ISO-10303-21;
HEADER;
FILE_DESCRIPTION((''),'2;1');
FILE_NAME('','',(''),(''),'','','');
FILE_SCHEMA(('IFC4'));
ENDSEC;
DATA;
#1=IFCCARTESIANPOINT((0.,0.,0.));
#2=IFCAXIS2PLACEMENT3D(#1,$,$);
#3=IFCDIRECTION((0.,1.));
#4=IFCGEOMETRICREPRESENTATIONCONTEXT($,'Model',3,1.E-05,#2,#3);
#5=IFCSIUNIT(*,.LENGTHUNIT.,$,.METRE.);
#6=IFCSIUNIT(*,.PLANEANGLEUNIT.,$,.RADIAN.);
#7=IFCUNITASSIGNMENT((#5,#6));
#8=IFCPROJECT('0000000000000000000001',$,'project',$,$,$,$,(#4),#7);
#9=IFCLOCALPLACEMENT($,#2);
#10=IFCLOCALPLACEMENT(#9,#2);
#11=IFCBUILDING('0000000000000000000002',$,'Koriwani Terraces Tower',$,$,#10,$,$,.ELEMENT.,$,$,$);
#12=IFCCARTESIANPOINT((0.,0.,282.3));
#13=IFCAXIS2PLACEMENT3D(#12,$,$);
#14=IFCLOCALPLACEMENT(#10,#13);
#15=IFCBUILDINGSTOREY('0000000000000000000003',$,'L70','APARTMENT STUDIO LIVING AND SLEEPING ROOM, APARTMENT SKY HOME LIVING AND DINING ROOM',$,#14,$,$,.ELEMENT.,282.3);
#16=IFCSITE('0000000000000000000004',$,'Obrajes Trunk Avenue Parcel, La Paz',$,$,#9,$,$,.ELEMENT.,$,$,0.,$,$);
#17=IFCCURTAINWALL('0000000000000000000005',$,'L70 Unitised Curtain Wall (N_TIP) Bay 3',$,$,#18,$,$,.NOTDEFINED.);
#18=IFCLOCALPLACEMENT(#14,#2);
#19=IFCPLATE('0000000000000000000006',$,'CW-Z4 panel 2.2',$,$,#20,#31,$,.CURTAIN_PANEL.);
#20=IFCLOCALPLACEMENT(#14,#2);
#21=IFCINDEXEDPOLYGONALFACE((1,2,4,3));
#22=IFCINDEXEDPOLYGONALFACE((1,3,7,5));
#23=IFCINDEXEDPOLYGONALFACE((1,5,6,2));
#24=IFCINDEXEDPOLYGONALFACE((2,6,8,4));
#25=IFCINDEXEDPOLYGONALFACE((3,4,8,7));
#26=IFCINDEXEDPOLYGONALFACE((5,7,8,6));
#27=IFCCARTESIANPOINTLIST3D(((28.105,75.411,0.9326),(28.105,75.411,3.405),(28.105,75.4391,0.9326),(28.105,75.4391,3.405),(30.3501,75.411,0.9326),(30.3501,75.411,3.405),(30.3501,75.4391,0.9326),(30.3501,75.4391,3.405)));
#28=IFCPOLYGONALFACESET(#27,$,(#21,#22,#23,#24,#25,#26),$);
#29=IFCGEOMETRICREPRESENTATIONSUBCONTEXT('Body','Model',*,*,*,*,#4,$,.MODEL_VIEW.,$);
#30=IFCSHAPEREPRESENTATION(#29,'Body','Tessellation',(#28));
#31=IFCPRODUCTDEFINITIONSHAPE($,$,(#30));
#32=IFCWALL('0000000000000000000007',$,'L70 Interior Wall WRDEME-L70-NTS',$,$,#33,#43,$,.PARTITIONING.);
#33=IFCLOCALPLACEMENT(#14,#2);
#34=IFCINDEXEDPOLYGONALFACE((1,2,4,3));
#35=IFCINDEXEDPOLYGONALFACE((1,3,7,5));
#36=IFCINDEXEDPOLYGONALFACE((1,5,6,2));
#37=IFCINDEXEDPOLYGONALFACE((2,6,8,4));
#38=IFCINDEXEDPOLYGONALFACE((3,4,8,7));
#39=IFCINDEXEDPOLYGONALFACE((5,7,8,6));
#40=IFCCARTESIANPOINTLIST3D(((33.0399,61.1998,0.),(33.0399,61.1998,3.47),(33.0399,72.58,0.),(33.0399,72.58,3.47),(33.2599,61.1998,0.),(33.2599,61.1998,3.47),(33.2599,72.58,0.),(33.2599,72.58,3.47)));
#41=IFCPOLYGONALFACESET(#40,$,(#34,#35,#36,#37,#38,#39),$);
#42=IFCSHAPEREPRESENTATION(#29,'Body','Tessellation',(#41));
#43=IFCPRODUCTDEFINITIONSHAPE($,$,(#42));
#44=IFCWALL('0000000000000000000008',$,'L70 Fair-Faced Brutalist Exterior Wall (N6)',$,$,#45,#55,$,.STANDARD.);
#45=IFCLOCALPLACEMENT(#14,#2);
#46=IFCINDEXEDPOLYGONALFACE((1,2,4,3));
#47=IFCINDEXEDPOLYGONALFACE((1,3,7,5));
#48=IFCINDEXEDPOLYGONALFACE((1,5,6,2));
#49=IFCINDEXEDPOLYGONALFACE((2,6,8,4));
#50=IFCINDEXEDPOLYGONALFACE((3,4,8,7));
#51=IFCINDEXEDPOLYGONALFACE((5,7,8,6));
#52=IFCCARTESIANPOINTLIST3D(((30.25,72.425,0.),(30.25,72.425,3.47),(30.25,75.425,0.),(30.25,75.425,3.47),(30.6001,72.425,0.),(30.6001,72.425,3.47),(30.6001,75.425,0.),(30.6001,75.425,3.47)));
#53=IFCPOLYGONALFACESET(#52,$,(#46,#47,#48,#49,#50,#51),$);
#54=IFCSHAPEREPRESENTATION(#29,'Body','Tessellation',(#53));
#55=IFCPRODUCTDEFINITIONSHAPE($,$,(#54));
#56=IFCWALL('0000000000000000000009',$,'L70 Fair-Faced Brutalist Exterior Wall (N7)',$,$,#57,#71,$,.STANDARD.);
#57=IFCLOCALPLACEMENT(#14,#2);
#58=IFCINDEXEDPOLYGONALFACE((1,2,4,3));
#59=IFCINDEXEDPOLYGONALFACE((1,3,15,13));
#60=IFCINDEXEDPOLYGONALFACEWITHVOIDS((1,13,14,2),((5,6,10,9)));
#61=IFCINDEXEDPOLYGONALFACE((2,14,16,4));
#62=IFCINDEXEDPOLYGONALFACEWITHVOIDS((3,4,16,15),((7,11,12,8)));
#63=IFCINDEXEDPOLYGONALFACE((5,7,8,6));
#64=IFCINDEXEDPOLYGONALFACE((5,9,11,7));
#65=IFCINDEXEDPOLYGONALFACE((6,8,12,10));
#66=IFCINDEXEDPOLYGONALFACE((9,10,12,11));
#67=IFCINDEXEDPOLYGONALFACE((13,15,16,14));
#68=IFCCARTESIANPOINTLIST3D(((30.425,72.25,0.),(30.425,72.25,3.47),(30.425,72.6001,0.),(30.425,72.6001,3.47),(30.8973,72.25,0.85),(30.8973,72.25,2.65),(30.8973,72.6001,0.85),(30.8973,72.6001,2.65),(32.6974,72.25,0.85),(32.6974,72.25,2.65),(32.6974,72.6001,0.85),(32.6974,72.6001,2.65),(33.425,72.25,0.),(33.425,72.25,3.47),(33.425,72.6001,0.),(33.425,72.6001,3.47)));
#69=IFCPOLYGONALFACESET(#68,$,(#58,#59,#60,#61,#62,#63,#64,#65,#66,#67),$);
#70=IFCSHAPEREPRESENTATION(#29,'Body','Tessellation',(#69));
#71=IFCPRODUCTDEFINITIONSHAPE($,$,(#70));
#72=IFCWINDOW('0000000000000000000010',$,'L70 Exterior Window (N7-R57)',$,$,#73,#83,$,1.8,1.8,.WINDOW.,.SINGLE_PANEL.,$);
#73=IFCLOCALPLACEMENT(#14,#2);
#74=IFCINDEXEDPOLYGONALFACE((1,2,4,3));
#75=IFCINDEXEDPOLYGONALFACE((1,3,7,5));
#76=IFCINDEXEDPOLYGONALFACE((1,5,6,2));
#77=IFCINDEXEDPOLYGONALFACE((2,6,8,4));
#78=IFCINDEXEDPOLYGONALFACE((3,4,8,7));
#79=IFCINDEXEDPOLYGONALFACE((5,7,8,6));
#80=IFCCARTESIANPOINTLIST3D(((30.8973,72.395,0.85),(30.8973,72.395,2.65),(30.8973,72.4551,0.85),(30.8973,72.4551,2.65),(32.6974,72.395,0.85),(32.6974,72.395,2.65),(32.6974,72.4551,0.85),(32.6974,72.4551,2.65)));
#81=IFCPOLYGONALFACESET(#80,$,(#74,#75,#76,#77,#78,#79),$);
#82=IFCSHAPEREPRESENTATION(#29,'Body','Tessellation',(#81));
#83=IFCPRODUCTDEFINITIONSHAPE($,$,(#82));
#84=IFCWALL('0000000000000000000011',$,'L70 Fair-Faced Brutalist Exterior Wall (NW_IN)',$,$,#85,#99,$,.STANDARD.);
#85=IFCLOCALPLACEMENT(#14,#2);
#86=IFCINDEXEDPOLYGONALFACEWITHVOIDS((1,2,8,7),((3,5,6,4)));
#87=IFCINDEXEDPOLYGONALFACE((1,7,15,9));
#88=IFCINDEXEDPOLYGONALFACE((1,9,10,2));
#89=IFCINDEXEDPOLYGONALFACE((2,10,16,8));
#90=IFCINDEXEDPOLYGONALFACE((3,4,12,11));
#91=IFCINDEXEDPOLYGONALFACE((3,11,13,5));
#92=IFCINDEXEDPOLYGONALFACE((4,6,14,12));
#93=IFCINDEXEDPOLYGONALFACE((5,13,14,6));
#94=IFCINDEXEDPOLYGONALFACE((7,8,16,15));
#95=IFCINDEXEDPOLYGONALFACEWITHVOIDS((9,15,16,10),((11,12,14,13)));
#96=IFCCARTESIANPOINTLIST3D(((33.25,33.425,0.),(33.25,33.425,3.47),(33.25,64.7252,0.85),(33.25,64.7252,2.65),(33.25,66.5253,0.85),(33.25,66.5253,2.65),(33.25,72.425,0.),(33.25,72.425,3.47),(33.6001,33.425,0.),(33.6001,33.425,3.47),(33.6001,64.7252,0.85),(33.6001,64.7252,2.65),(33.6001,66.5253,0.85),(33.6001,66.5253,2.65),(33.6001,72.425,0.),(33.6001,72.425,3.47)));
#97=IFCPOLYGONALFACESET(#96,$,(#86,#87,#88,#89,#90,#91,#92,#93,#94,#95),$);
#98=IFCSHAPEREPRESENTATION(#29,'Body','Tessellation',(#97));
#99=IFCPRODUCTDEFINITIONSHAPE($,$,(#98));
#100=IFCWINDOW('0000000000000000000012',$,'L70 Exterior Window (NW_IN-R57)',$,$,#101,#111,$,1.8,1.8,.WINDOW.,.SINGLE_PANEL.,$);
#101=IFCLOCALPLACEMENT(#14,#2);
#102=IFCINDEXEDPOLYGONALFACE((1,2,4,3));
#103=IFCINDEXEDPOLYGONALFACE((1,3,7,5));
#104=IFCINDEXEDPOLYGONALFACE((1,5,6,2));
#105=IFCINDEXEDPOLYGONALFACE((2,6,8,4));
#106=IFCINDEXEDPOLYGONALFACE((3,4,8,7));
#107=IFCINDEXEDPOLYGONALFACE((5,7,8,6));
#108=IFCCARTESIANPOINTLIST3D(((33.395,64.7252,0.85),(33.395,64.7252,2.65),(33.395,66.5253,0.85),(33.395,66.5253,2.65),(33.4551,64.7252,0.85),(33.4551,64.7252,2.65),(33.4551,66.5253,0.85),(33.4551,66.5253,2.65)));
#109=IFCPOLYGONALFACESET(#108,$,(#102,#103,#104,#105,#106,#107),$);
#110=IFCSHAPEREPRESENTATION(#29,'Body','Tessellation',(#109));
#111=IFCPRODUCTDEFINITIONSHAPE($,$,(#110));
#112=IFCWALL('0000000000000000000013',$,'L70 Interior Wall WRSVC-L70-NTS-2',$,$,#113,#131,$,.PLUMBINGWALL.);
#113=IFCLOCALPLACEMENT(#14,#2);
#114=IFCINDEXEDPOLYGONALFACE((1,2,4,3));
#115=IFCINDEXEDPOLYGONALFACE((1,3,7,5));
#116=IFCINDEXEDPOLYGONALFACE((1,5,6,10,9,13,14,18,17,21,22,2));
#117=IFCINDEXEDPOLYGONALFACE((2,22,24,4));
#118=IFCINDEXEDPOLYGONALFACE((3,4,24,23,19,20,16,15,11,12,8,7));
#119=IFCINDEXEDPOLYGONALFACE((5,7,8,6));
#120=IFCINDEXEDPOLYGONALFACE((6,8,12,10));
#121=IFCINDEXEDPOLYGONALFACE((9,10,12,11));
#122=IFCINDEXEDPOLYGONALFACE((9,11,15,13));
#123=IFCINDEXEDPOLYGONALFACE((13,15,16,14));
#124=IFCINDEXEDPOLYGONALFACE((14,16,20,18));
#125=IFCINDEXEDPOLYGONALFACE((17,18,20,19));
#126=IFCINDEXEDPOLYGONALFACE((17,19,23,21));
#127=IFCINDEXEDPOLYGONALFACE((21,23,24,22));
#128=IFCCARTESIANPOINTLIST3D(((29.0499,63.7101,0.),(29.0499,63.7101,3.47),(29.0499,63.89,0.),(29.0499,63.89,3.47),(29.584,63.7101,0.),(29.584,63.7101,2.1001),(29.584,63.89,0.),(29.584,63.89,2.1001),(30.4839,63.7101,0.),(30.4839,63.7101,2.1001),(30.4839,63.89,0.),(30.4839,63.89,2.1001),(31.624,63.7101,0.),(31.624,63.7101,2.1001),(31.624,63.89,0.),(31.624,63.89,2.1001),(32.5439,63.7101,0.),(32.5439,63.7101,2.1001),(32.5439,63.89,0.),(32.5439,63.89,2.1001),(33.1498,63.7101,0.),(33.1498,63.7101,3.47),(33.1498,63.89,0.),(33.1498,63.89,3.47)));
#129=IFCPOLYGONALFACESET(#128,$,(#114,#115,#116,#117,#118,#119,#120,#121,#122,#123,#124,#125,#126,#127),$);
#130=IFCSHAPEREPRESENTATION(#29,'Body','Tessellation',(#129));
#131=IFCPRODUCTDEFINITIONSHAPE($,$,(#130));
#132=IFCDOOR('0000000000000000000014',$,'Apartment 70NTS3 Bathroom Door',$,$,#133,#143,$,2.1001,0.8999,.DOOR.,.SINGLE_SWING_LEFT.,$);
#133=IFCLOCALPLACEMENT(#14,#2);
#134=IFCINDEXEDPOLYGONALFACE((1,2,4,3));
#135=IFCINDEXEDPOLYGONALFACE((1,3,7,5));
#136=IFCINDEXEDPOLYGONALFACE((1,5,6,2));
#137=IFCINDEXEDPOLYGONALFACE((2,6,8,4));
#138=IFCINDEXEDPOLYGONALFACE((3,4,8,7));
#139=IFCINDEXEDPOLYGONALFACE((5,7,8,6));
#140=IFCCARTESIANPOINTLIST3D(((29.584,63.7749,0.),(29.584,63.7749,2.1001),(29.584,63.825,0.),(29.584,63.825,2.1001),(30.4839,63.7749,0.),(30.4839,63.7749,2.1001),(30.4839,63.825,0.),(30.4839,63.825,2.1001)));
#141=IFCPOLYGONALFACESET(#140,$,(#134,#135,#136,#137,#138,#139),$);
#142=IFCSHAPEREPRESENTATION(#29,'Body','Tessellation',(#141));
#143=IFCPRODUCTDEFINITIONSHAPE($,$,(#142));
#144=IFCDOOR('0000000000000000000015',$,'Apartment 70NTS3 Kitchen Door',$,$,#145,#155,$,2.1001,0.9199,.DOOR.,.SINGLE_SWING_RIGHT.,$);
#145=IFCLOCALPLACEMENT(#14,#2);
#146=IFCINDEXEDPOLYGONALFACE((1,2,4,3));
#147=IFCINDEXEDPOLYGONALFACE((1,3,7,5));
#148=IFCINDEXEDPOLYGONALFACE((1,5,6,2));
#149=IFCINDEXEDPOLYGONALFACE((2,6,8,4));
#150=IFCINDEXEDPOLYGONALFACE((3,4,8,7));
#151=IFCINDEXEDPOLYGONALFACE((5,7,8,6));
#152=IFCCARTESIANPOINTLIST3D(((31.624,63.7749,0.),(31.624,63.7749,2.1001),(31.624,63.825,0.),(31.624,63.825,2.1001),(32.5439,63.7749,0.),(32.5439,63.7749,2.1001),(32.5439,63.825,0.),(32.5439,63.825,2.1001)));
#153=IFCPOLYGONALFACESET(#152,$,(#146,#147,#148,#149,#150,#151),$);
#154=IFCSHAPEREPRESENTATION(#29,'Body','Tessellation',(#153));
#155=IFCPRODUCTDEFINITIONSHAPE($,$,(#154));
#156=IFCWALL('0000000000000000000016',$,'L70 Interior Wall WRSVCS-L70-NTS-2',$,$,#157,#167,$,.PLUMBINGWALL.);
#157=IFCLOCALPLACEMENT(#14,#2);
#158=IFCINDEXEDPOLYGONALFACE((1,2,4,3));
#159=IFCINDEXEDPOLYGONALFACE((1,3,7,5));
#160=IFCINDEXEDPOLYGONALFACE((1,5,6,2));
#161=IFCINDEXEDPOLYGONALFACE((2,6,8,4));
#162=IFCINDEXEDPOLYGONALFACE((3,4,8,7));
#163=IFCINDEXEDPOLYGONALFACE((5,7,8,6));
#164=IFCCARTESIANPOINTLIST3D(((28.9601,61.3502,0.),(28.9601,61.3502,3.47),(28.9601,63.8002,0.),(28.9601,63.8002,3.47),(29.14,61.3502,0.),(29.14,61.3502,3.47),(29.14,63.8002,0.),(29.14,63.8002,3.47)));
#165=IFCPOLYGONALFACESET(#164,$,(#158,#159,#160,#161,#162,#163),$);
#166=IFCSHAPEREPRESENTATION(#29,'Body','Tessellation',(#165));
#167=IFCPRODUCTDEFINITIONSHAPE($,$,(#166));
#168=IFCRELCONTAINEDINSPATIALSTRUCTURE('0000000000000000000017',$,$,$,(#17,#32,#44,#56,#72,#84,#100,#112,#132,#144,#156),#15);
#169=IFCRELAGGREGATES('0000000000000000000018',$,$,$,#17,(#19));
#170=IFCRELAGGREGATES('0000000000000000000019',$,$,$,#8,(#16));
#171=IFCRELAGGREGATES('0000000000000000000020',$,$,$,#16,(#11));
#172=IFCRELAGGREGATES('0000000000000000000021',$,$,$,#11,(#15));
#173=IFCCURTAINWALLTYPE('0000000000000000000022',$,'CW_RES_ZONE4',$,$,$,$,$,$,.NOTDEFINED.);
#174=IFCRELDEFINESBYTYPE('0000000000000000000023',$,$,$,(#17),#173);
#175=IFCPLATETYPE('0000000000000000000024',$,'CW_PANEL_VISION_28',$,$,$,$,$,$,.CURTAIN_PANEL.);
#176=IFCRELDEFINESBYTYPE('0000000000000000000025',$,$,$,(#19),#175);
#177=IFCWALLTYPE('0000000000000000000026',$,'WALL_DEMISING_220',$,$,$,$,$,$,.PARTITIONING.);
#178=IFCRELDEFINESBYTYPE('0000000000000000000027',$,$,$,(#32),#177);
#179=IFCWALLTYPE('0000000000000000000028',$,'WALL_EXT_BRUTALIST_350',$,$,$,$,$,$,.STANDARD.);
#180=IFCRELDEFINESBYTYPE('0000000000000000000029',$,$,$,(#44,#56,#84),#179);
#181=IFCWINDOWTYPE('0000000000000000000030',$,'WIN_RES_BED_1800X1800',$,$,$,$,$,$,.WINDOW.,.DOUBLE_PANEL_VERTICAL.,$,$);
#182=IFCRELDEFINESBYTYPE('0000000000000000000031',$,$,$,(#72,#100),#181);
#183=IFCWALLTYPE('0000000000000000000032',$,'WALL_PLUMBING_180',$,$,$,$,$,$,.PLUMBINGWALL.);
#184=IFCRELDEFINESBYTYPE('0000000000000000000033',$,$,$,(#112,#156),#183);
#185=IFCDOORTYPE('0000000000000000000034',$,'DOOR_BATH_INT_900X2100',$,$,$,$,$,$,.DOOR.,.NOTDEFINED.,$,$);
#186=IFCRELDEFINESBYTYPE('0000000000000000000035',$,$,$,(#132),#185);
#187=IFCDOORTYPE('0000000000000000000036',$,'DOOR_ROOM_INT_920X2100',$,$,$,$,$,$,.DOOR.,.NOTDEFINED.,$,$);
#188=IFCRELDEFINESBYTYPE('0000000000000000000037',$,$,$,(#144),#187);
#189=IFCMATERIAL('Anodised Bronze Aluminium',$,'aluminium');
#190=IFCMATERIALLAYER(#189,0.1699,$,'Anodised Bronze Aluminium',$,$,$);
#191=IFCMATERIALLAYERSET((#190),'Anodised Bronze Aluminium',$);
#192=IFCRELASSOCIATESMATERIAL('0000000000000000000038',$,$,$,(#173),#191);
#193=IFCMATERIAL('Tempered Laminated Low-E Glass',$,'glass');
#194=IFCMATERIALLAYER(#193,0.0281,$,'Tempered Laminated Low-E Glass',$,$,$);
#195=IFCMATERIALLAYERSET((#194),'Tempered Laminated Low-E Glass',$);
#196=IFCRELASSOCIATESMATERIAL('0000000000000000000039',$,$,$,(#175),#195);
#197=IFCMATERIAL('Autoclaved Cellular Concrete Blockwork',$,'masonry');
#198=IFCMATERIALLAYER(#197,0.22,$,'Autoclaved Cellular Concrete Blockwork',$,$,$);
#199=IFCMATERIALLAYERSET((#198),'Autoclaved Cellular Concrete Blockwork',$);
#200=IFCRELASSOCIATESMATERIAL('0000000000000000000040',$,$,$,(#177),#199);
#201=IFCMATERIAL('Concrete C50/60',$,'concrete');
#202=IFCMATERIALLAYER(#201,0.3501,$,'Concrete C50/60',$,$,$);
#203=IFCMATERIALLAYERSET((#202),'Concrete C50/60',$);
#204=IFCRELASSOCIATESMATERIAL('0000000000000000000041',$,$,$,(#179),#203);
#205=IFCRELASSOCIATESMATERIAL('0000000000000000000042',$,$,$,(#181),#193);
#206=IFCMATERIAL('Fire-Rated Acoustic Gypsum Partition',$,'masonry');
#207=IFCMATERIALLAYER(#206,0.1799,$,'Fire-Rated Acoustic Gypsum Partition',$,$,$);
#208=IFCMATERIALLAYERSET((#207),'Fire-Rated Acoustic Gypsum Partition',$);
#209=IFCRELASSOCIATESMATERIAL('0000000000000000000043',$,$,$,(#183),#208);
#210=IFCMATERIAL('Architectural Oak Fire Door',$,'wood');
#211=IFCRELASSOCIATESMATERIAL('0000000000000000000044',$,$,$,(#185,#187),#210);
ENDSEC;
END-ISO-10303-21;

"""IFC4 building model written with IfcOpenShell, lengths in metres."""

from ifc_helpers import new_model, si_unit, direction, frame, frame_2d, origin, origin_2d, place, context, subcontext, project, spatial, rectangle, extrude, material, layer, layer_set, type_object, element, fill, aggregate, save


model = new_model("IFC4")

# Units and contexts
model_context = context("Model", 3, precision=1e-05, world=origin(), true_north=direction((0.0, 1.0)))
body_context = subcontext(model_context, "Body", "Model", "MODEL_VIEW")
ifc_project = project(units=[si_unit("LENGTHUNIT", "METRE"), si_unit("PLANEANGLEUNIT", "RADIAN")], contexts=[model_context])

# Site, building, storey
site_placement = place(None, origin())
site = spatial("IfcSite", under=ifc_project, at=site_placement, Name="Obrajes Trunk Avenue Parcel, La Paz", CompositionType="ELEMENT", RefElevation=0.0)
building_placement = place(site_placement, origin())
building = spatial("IfcBuilding", under=site, at=building_placement, Name="Koriwani Terraces Tower", CompositionType="ELEMENT")
storey_placement = place(building_placement, frame((0.0, 0.0, 282.3)))
storey = spatial("IfcBuildingStorey", under=building, at=storey_placement, Name="L70", Description="APARTMENT STUDIO LIVING AND SLEEPING ROOM, APARTMENT SKY HOME LIVING AND DINING ROOM", CompositionType="ELEMENT", Elevation=282.3)

# Shared definitions
ifc_material_1 = material(Name="Concrete C50/60", Category="concrete")

# Curtain wall, plate
ifc_material_2 = material(Name="Anodised Bronze Aluminium", Category="aluminium")
ifc_layer_1 = layer(ifc_material_2, 0.1699, Name="Anodised Bronze Aluminium")
ifc_layer_set_1 = layer_set([ifc_layer_1], Name="Anodised Bronze Aluminium")
curtain_wall_type = type_object("IfcCurtainWallType", Name="CW_RES_ZONE4", PredefinedType="NOTDEFINED", material=ifc_layer_set_1)
curtain_wall_placement = place(storey_placement, origin())
curtain_wall = element("IfcCurtainWall", 1, at=curtain_wall_placement, inside=storey, type_object=curtain_wall_type, Name="L70 Unitised Curtain Wall (N_TIP) Bay 3", PredefinedType="NOTDEFINED")
ifc_material_3 = material(Name="Tempered Laminated Low-E Glass", Category="glass")
ifc_layer_2 = layer(ifc_material_3, 0.0281, Name="Tempered Laminated Low-E Glass")
ifc_layer_set_2 = layer_set([ifc_layer_2], Name="Tempered Laminated Low-E Glass")
plate_type = type_object("IfcPlateType", Name="CW_PANEL_VISION_28", PredefinedType="CURTAIN_PANEL", material=ifc_layer_set_2)
plate_1_placement = place(storey_placement, frame((29.2275, 75.425, 0.9326), z_axis=(0.0, 0.0, 1.0), x_axis=(1.0, 0.0, 0.0)))
plate_1 = element("IfcPlate", 2, at=plate_1_placement, type_object=plate_type, Name="CW-Z4 panel 2.2", PredefinedType="CURTAIN_PANEL", context=body_context, shape_type="SweptSolid", body=[
    extrude(rectangle(XDim=2.2451, YDim=0.0281, at=origin_2d()), origin(), (0.0, 0.0, 1.0), 2.4724),
])
aggregate(curtain_wall, [plate_1])

# Walls
ifc_material_4 = material(Name="Autoclaved Cellular Concrete Blockwork", Category="masonry")
ifc_layer_3 = layer(ifc_material_4, 0.22, Name="Autoclaved Cellular Concrete Blockwork")
ifc_layer_set_3 = layer_set([ifc_layer_3], Name="Autoclaved Cellular Concrete Blockwork")
wall_type_1 = type_object("IfcWallType", Name="WALL_DEMISING_220", PredefinedType="PARTITIONING", material=ifc_layer_set_3)
wall_1_placement = place(storey_placement, frame((33.1499, 61.2, 0.0), z_axis=(0.0, 0.0, 1.0), x_axis=(0.0, 1.0, 0.0)))
element("IfcWall", 3, at=wall_1_placement, inside=storey, type_object=wall_type_1, Name="L70 Interior Wall WRDEME-L70-NTS", PredefinedType="PARTITIONING", context=body_context, shape_type="SweptSolid", body=[
    extrude(rectangle(XDim=11.3801, YDim=0.22, at=frame_2d((5.6899, 0.0))), origin(), (0.0, 0.0, 1.0), 3.47),
])
ifc_layer_4 = layer(ifc_material_1, 0.3501, Name="Concrete C50/60")
ifc_layer_set_4 = layer_set([ifc_layer_4], Name="Concrete C50/60")
wall_type_2 = type_object("IfcWallType", Name="WALL_EXT_BRUTALIST_350", PredefinedType="STANDARD", material=ifc_layer_set_4)
wall_2_placement = place(storey_placement, frame((30.425, 75.425, 0.0), z_axis=(0.0, 0.0, 1.0), x_axis=(0.0, -1.0, 0.0)))
element("IfcWall", 4, at=wall_2_placement, inside=storey, type_object=wall_type_2, Name="L70 Fair-Faced Brutalist Exterior Wall (N6)", PredefinedType="STANDARD", context=body_context, shape_type="SweptSolid", body=[
    extrude(rectangle(XDim=3.0, YDim=0.3501, at=frame_2d((1.5, 0.0))), origin(), (0.0, 0.0, 1.0), 3.47),
])

# Walls, openings, windows
wall_3_placement = place(storey_placement, frame((30.425, 72.425, 0.0), z_axis=(0.0, 0.0, 1.0), x_axis=(1.0, 0.0, 0.0)))
wall_3 = element("IfcWall", 5, at=wall_3_placement, inside=storey, type_object=wall_type_2, Name="L70 Fair-Faced Brutalist Exterior Wall (N7)", PredefinedType="STANDARD", context=body_context, shape_type="SweptSolid", body=[
    extrude(rectangle(XDim=3.0, YDim=0.3501, at=frame_2d((1.5, 0.0))), origin(), (0.0, 0.0, 1.0), 3.47),
])
opening_1_placement = place(wall_3_placement, frame((0.4724, 0.0, 0.8501)))
opening_1 = element("IfcOpeningElement", 6, at=opening_1_placement, cuts=wall_3, PredefinedType="OPENING", context=body_context, shape_type="SweptSolid", body=[
    extrude(rectangle(XDim=1.8, YDim=1.8, at=frame_2d((0.8999, 0.8999))), frame((0.0, 0.1851, 0.0), z_axis=(0.0, -1.0, 0.0), x_axis=(1.0, 0.0, 0.0)), (0.0, 0.0, 1.0), 0.3701),
])
window_type = type_object("IfcWindowType", Name="WIN_RES_BED_1800X1800", PartitioningType="DOUBLE_PANEL_VERTICAL", PredefinedType="WINDOW", material=ifc_material_3)
window_1_placement = place(opening_1_placement, origin())
window_1 = element("IfcWindow", 7, at=window_1_placement, inside=storey, type_object=window_type, Name="L70 Exterior Window (N7-R57)", OverallHeight=1.8, OverallWidth=1.8, PartitioningType="SINGLE_PANEL", PredefinedType="WINDOW", context=body_context, shape_type="SweptSolid", body=[
    extrude(rectangle(XDim=1.8, YDim=1.8, at=frame_2d((0.8999, 0.8999))), frame((0.0, 0.03, 0.0), z_axis=(0.0, -1.0, 0.0), x_axis=(1.0, 0.0, 0.0)), (0.0, 0.0, 1.0), 0.0601),
])
fill(opening_1, window_1)
wall_4_placement = place(storey_placement, frame((33.425, 72.425, 0.0), z_axis=(0.0, 0.0, 1.0), x_axis=(0.0, -1.0, 0.0)))
wall_4 = element("IfcWall", 8, at=wall_4_placement, inside=storey, type_object=wall_type_2, Name="L70 Fair-Faced Brutalist Exterior Wall (NW_IN)", PredefinedType="STANDARD", context=body_context, shape_type="SweptSolid", body=[
    extrude(rectangle(XDim=39.0, YDim=0.3501, at=frame_2d((19.5, 0.0))), origin(), (0.0, 0.0, 1.0), 3.47),
])
opening_2_placement = place(wall_4_placement, frame((5.8999, 0.0, 0.8501)))
opening_2 = element("IfcOpeningElement", 9, at=opening_2_placement, cuts=wall_4, PredefinedType="OPENING", context=body_context, shape_type="SweptSolid", body=[
    extrude(rectangle(XDim=1.8, YDim=1.8, at=frame_2d((0.8999, 0.8999))), frame((0.0, 0.1851, 0.0), z_axis=(0.0, -1.0, 0.0), x_axis=(1.0, 0.0, 0.0)), (0.0, 0.0, 1.0), 0.3701),
])
window_2_placement = place(opening_2_placement, origin())
window_2 = element("IfcWindow", 10, at=window_2_placement, inside=storey, type_object=window_type, Name="L70 Exterior Window (NW_IN-R57)", OverallHeight=1.8, OverallWidth=1.8, PartitioningType="SINGLE_PANEL", PredefinedType="WINDOW", context=body_context, shape_type="SweptSolid", body=[
    extrude(rectangle(XDim=1.8, YDim=1.8, at=frame_2d((0.8999, 0.8999))), frame((0.0, 0.03, 0.0), z_axis=(0.0, -1.0, 0.0), x_axis=(1.0, 0.0, 0.0)), (0.0, 0.0, 1.0), 0.0601),
])
fill(opening_2, window_2)

# Wall, openings, doors
ifc_material_5 = material(Name="Fire-Rated Acoustic Gypsum Partition", Category="masonry")
ifc_layer_5 = layer(ifc_material_5, 0.1799, Name="Fire-Rated Acoustic Gypsum Partition")
ifc_layer_set_5 = layer_set([ifc_layer_5], Name="Fire-Rated Acoustic Gypsum Partition")
wall_type_3 = type_object("IfcWallType", Name="WALL_PLUMBING_180", PredefinedType="PLUMBINGWALL", material=ifc_layer_set_5)
wall_5_placement = place(storey_placement, frame((29.05, 63.8, 0.0), z_axis=(0.0, 0.0, 1.0), x_axis=(1.0, 0.0, 0.0)))
wall_5 = element("IfcWall", 11, at=wall_5_placement, inside=storey, type_object=wall_type_3, Name="L70 Interior Wall WRSVC-L70-NTS-2", PredefinedType="PLUMBINGWALL", context=body_context, shape_type="SweptSolid", body=[
    extrude(rectangle(XDim=4.0999, YDim=0.1799, at=frame_2d((2.0498, 0.0))), origin(), (0.0, 0.0, 1.0), 3.47),
])
opening_3_placement = place(wall_5_placement, frame((0.5339, 0.0, 0.0)))
opening_3 = element("IfcOpeningElement", 12, at=opening_3_placement, cuts=wall_5, PredefinedType="OPENING", context=body_context, shape_type="SweptSolid", body=[
    extrude(rectangle(XDim=0.8999, YDim=2.1001, at=frame_2d((0.45, 1.05))), frame((0.0, 0.1001, 0.0), z_axis=(0.0, -1.0, 0.0), x_axis=(1.0, 0.0, 0.0)), (0.0, 0.0, 1.0), 0.2),
])
opening_4_placement = place(wall_5_placement, frame((2.574, 0.0, 0.0)))
opening_4 = element("IfcOpeningElement", 13, at=opening_4_placement, cuts=wall_5, PredefinedType="OPENING", context=body_context, shape_type="SweptSolid", body=[
    extrude(rectangle(XDim=0.9199, YDim=2.1001, at=frame_2d((0.46, 1.05))), frame((0.0, 0.1001, 0.0), z_axis=(0.0, -1.0, 0.0), x_axis=(1.0, 0.0, 0.0)), (0.0, 0.0, 1.0), 0.2),
])
ifc_material_6 = material(Name="Architectural Oak Fire Door", Category="wood")
door_type_1 = type_object("IfcDoorType", Name="DOOR_BATH_INT_900X2100", OperationType="NOTDEFINED", PredefinedType="DOOR", material=ifc_material_6)
door_1_placement = place(opening_3_placement, origin())
door_1 = element("IfcDoor", 14, at=door_1_placement, inside=storey, type_object=door_type_1, Name="Apartment 70NTS3 Bathroom Door", OperationType="SINGLE_SWING_LEFT", OverallHeight=2.1001, OverallWidth=0.8999, PredefinedType="DOOR", context=body_context, shape_type="SweptSolid", body=[
    extrude(rectangle(XDim=0.8999, YDim=2.1001, at=frame_2d((0.45, 1.05))), frame((0.0, 0.0249, 0.0), z_axis=(0.0, -1.0, 0.0), x_axis=(1.0, 0.0, 0.0)), (0.0, 0.0, 1.0), 0.05),
])
fill(opening_3, door_1)
door_type_2 = type_object("IfcDoorType", Name="DOOR_ROOM_INT_920X2100", OperationType="NOTDEFINED", PredefinedType="DOOR", material=ifc_material_6)
door_2_placement = place(opening_4_placement, origin())
door_2 = element("IfcDoor", 15, at=door_2_placement, inside=storey, type_object=door_type_2, Name="Apartment 70NTS3 Kitchen Door", OperationType="SINGLE_SWING_RIGHT", OverallHeight=2.1001, OverallWidth=0.9199, PredefinedType="DOOR", context=body_context, shape_type="SweptSolid", body=[
    extrude(rectangle(XDim=0.9199, YDim=2.1001, at=frame_2d((0.46, 1.05))), frame((0.0, 0.0249, 0.0), z_axis=(0.0, -1.0, 0.0), x_axis=(1.0, 0.0, 0.0)), (0.0, 0.0, 1.0), 0.05),
])
fill(opening_4, door_2)

# Wall
for number, where, z_axis, x_axis, name in (
    (16, (29.05, 61.3501, 0.0), (0.0, 0.0, 1.0), (0.0, 1.0, 0.0), "L70 Interior Wall WRSVCS-L70-NTS-2"),
):
    element("IfcWall", number, at=place(storey_placement, frame(where, z_axis=z_axis, x_axis=x_axis)), inside=storey, type_object=wall_type_3, Name=name, PredefinedType="PLUMBINGWALL", context=body_context, shape_type="SweptSolid", body=[
        extrude(rectangle(XDim=2.45, YDim=0.1799, at=frame_2d((1.2251, 0.0))), origin(), (0.0, 0.0, 1.0), 3.47),
    ])

save(model, "model.ifc")
